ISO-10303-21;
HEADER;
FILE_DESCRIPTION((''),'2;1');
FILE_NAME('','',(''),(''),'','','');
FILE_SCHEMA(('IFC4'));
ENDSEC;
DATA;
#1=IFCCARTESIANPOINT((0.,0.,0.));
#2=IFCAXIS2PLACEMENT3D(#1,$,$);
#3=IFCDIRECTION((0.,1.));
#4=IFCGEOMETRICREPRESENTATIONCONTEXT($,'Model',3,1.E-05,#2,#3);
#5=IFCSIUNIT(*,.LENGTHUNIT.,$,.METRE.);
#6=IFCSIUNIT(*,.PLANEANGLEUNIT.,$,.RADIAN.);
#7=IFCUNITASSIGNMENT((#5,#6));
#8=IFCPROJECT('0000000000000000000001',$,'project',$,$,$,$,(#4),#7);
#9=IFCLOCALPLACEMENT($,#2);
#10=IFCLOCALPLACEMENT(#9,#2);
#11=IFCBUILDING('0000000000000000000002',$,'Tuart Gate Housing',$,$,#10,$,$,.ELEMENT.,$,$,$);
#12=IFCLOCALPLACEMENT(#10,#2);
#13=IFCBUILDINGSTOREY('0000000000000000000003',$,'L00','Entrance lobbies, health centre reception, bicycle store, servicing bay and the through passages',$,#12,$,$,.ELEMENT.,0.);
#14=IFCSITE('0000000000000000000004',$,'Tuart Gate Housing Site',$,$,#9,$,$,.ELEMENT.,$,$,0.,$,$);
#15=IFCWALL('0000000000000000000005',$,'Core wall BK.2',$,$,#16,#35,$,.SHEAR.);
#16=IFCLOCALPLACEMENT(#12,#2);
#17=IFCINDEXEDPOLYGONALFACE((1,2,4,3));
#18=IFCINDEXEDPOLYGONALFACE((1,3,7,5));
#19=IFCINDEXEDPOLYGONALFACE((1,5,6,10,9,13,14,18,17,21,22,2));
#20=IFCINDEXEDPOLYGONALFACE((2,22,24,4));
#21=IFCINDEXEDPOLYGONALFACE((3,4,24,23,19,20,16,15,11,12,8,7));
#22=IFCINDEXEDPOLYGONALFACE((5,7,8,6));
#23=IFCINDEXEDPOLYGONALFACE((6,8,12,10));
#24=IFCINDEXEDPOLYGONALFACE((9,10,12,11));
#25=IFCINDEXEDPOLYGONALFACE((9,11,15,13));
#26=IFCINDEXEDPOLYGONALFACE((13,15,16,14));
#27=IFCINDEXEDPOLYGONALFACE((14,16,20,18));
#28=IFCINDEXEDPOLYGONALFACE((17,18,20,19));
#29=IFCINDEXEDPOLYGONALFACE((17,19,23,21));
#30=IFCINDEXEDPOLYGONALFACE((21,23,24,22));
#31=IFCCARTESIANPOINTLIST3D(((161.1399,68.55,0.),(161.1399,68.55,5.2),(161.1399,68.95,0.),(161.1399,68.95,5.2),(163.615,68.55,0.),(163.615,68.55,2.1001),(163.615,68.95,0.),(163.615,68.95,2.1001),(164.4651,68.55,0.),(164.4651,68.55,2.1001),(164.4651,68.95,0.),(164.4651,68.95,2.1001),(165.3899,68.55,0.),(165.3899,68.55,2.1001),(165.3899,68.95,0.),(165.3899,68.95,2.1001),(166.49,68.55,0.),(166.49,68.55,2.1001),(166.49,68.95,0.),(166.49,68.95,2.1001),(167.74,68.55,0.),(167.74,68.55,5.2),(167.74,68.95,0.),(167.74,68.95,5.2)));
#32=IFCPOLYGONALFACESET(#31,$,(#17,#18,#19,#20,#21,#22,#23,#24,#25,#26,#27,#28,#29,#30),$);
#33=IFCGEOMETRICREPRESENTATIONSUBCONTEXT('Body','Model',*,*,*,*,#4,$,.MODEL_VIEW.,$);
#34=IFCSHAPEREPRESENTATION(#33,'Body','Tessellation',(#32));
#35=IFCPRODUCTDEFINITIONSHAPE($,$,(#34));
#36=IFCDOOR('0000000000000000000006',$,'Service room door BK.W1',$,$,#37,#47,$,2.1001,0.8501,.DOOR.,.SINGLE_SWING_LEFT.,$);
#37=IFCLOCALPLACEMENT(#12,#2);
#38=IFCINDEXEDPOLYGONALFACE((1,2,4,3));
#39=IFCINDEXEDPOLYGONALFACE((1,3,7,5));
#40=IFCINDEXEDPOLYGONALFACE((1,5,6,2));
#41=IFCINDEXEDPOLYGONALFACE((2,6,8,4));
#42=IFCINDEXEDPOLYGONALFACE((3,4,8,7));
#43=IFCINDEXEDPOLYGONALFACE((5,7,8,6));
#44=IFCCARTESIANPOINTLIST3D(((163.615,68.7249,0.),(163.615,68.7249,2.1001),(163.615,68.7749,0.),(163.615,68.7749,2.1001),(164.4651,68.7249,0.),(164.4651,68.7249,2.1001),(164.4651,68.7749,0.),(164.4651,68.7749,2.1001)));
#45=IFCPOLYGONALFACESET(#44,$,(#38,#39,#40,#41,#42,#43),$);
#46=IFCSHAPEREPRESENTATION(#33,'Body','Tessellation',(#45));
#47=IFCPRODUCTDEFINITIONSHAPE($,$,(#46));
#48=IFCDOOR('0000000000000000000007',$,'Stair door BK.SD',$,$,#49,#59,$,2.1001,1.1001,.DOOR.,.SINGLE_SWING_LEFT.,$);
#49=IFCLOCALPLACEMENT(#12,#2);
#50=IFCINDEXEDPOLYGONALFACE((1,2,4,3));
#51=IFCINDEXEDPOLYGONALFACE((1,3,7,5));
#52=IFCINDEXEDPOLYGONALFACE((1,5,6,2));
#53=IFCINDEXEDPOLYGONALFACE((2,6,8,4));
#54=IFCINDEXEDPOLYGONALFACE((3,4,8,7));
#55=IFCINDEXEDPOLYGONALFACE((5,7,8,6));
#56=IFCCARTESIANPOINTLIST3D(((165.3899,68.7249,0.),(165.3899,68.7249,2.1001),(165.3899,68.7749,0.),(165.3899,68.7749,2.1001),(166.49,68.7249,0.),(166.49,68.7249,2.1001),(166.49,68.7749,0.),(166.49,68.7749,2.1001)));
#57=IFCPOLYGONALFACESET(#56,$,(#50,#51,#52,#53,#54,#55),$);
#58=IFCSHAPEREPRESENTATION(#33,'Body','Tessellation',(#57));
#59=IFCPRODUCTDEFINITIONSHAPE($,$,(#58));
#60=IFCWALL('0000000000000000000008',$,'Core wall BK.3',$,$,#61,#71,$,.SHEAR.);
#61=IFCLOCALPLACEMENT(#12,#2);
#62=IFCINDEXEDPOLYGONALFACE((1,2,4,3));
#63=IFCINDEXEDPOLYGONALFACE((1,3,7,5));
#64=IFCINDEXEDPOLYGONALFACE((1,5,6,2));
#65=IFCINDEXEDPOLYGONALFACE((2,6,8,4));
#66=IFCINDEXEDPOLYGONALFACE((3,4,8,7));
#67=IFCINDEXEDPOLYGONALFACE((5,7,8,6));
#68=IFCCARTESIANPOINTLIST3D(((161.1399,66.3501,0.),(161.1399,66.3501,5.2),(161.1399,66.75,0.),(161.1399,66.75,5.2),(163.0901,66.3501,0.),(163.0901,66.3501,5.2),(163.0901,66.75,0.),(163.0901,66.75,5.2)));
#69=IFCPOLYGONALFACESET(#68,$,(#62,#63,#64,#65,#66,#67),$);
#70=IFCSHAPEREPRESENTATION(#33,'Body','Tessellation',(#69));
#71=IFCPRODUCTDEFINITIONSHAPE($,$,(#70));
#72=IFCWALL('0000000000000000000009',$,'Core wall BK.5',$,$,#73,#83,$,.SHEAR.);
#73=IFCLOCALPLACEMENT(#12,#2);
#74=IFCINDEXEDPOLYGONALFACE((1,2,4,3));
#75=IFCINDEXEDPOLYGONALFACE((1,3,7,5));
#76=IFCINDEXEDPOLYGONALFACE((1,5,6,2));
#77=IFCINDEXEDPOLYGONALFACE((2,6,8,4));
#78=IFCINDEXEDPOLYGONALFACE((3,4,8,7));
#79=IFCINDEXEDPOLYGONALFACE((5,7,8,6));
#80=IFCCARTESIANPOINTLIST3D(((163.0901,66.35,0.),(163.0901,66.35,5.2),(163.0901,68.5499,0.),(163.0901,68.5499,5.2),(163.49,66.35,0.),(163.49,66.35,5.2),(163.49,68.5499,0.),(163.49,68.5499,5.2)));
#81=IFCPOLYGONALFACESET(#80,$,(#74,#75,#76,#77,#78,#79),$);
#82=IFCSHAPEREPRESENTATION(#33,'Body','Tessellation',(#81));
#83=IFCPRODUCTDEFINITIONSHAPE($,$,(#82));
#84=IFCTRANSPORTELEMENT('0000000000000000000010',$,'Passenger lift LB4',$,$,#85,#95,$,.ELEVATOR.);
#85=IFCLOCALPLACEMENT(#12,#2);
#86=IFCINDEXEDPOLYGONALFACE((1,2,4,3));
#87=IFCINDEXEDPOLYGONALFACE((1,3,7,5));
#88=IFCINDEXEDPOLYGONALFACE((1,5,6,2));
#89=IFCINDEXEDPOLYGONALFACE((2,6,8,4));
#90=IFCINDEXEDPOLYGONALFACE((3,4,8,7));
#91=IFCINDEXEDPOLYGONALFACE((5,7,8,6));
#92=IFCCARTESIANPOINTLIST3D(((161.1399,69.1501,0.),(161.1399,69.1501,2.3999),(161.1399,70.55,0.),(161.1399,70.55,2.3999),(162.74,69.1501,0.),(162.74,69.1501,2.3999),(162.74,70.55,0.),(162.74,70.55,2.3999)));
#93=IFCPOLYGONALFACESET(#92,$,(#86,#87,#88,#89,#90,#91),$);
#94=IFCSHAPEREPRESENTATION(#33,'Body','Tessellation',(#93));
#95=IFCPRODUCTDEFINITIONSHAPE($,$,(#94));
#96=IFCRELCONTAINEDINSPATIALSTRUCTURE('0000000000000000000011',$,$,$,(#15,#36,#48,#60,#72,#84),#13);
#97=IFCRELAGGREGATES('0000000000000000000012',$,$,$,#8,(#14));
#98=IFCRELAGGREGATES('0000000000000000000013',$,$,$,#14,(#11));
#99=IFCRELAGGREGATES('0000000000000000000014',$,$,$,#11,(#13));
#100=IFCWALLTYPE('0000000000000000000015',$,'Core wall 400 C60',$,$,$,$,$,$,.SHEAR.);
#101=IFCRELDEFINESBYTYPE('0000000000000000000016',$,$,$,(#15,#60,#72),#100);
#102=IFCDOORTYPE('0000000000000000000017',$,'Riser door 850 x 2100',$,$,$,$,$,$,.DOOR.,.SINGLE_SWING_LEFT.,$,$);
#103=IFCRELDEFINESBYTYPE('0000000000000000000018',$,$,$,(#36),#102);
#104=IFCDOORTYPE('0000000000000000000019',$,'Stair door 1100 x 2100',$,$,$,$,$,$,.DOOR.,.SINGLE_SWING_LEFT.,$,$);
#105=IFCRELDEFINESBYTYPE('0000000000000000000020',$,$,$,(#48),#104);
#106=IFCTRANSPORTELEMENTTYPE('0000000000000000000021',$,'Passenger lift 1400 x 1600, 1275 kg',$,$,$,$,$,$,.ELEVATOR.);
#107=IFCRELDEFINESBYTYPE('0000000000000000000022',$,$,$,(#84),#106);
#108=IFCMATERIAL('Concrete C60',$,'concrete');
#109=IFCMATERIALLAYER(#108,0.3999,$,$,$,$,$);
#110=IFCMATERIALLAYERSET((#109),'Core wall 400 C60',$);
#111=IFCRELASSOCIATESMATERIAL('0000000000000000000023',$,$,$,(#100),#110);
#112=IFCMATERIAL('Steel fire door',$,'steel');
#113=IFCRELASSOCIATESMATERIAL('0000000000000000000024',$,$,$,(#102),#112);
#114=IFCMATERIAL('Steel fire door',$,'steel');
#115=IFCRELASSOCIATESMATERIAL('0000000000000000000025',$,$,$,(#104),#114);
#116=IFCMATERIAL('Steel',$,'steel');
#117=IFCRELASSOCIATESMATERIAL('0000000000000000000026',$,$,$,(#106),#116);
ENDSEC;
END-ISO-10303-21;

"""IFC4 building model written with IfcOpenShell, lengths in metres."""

from ifc_helpers import new_model, si_unit, direction, frame, frame_2d, origin, origin_2d, place, context, subcontext, project, spatial, rectangle, extrude, material, layer, layer_set, type_object, element, fill, save


model = new_model("IFC4")

# Units and contexts
model_context = context("Model", 3, precision=1e-05, world=origin(), true_north=direction((0.0, 1.0)))
body_context = subcontext(model_context, "Body", "Model", "MODEL_VIEW")
ifc_project = project(units=[si_unit("LENGTHUNIT", "METRE"), si_unit("PLANEANGLEUNIT", "RADIAN")], contexts=[model_context])

# Site, building, storey
site_placement = place(None, origin())
site = spatial("IfcSite", under=ifc_project, at=site_placement, Name="Tuart Gate Housing Site", CompositionType="ELEMENT", RefElevation=0.0)
building_placement = place(site_placement, origin())
building = spatial("IfcBuilding", under=site, at=building_placement, Name="Tuart Gate Housing", CompositionType="ELEMENT")
storey_placement = place(building_placement, origin())
storey = spatial("IfcBuildingStorey", under=building, at=storey_placement, Name="L00", Description="Entrance lobbies, health centre reception, bicycle store, servicing bay and the through passages", CompositionType="ELEMENT", Elevation=0.0)

# Wall, openings, doors
ifc_material_1 = material(Name="Concrete C60", Category="concrete")
ifc_layer_1 = layer(ifc_material_1, 0.3999)
ifc_layer_set_1 = layer_set([ifc_layer_1], Name="Core wall 400 C60")
wall_type_1 = type_object("IfcWallType", Name="Core wall 400 C60", PredefinedType="SHEAR", material=ifc_layer_set_1)
wall_1_placement = place(storey_placement, frame((161.1399, 68.75, 0.0), z_axis=(0.0, 0.0, 1.0), x_axis=(1.0, 0.0, 0.0)))
wall_1 = element("IfcWall", 1, at=wall_1_placement, inside=storey, type_object=wall_type_1, Name="Core wall BK.2", PredefinedType="SHEAR", context=body_context, shape_type="SweptSolid", body=[
    extrude(rectangle(XDim=6.6001, YDim=0.3999, at=frame_2d((3.3, 0.0))), origin(), (0.0, 0.0, 1.0), 5.2),
])
opening_1_placement = place(wall_1_placement, frame((4.25, 0.0, 0.0)))
opening_1 = element("IfcOpeningElement", 2, at=opening_1_placement, cuts=wall_1, PredefinedType="OPENING", context=body_context, shape_type="SweptSolid", body=[
    extrude(rectangle(XDim=1.1001, YDim=2.1001, at=frame_2d((0.55, 1.05))), frame((0.0, 0.21, 0.0), z_axis=(0.0, -1.0, 0.0), x_axis=(1.0, 0.0, 0.0)), (0.0, 0.0, 1.0), 0.4199),
])
opening_2_placement = place(wall_1_placement, frame((2.4751, 0.0, 0.0)))
opening_2 = element("IfcOpeningElement", 3, at=opening_2_placement, cuts=wall_1, PredefinedType="OPENING", context=body_context, shape_type="SweptSolid", body=[
    extrude(rectangle(XDim=0.8501, YDim=2.1001, at=frame_2d((0.425, 1.05))), frame((0.0, 0.21, 0.0), z_axis=(0.0, -1.0, 0.0), x_axis=(1.0, 0.0, 0.0)), (0.0, 0.0, 1.0), 0.4199),
])
ifc_material_2 = material(Name="Steel fire door", Category="steel")
door_type_1 = type_object("IfcDoorType", Name="Riser door 850 x 2100", OperationType="SINGLE_SWING_LEFT", PredefinedType="DOOR", material=ifc_material_2)
door_1_placement = place(opening_2_placement, origin())
door_1 = element("IfcDoor", 4, at=door_1_placement, inside=storey, type_object=door_type_1, Name="Service room door BK.W1", OperationType="SINGLE_SWING_LEFT", OverallHeight=2.1001, OverallWidth=0.8501, PredefinedType="DOOR", context=body_context, shape_type="SweptSolid", body=[
    extrude(rectangle(XDim=0.8501, YDim=2.1001, at=frame_2d((0.425, 1.05))), frame((0.0, 0.0249, 0.0), z_axis=(0.0, -1.0, 0.0), x_axis=(1.0, 0.0, 0.0)), (0.0, 0.0, 1.0), 0.05),
])
fill(opening_2, door_1)
ifc_material_3 = material(Name="Steel fire door", Category="steel")
door_type_2 = type_object("IfcDoorType", Name="Stair door 1100 x 2100", OperationType="SINGLE_SWING_LEFT", PredefinedType="DOOR", material=ifc_material_3)
door_2_placement = place(opening_1_placement, origin())
door_2 = element("IfcDoor", 5, at=door_2_placement, inside=storey, type_object=door_type_2, Name="Stair door BK.SD", OperationType="SINGLE_SWING_LEFT", OverallHeight=2.1001, OverallWidth=1.1001, PredefinedType="DOOR", context=body_context, shape_type="SweptSolid", body=[
    extrude(rectangle(XDim=1.1001, YDim=2.1001, at=frame_2d((0.55, 1.05))), frame((0.0, 0.0249, 0.0), z_axis=(0.0, -1.0, 0.0), x_axis=(1.0, 0.0, 0.0)), (0.0, 0.0, 1.0), 0.05),
])
fill(opening_1, door_2)

# Walls
wall_2_placement = place(storey_placement, frame((161.1399, 66.55, 0.0), z_axis=(0.0, 0.0, 1.0), x_axis=(1.0, 0.0, 0.0)))
element("IfcWall", 6, at=wall_2_placement, inside=storey, type_object=wall_type_1, Name="Core wall BK.3", PredefinedType="SHEAR", context=body_context, shape_type="SweptSolid", body=[
    extrude(rectangle(XDim=1.9502, YDim=0.3999, at=frame_2d((0.9751, 0.0))), origin(), (0.0, 0.0, 1.0), 5.2),
])
wall_3_placement = place(storey_placement, frame((163.29, 68.55, 0.0), z_axis=(0.0, 0.0, 1.0), x_axis=(0.0, -1.0, 0.0)))
element("IfcWall", 7, at=wall_3_placement, inside=storey, type_object=wall_type_1, Name="Core wall BK.5", PredefinedType="SHEAR", context=body_context, shape_type="SweptSolid", body=[
    extrude(rectangle(XDim=2.2, YDim=0.3999, at=frame_2d((1.1001, 0.0))), origin(), (0.0, 0.0, 1.0), 5.2),
])

# Transport element
ifc_material_4 = material(Name="Steel", Category="steel")
transport_element_type = type_object("IfcTransportElementType", Name="Passenger lift 1400 x 1600, 1275 kg", PredefinedType="ELEVATOR", material=ifc_material_4)
transport_element_placement = place(storey_placement, frame((161.9399, 69.8501, 0.0), z_axis=(0.0, 0.0, 1.0), x_axis=(0.0, 1.0, 0.0)))
element("IfcTransportElement", 8, at=transport_element_placement, inside=storey, type_object=transport_element_type, Name="Passenger lift LB4", PredefinedType="ELEVATOR", context=body_context, shape_type="SweptSolid", body=[
    extrude(rectangle(XDim=1.3999, YDim=1.6001, at=origin_2d()), origin(), (0.0, 0.0, 1.0), 2.3999),
])

save(model, "model.ifc")
